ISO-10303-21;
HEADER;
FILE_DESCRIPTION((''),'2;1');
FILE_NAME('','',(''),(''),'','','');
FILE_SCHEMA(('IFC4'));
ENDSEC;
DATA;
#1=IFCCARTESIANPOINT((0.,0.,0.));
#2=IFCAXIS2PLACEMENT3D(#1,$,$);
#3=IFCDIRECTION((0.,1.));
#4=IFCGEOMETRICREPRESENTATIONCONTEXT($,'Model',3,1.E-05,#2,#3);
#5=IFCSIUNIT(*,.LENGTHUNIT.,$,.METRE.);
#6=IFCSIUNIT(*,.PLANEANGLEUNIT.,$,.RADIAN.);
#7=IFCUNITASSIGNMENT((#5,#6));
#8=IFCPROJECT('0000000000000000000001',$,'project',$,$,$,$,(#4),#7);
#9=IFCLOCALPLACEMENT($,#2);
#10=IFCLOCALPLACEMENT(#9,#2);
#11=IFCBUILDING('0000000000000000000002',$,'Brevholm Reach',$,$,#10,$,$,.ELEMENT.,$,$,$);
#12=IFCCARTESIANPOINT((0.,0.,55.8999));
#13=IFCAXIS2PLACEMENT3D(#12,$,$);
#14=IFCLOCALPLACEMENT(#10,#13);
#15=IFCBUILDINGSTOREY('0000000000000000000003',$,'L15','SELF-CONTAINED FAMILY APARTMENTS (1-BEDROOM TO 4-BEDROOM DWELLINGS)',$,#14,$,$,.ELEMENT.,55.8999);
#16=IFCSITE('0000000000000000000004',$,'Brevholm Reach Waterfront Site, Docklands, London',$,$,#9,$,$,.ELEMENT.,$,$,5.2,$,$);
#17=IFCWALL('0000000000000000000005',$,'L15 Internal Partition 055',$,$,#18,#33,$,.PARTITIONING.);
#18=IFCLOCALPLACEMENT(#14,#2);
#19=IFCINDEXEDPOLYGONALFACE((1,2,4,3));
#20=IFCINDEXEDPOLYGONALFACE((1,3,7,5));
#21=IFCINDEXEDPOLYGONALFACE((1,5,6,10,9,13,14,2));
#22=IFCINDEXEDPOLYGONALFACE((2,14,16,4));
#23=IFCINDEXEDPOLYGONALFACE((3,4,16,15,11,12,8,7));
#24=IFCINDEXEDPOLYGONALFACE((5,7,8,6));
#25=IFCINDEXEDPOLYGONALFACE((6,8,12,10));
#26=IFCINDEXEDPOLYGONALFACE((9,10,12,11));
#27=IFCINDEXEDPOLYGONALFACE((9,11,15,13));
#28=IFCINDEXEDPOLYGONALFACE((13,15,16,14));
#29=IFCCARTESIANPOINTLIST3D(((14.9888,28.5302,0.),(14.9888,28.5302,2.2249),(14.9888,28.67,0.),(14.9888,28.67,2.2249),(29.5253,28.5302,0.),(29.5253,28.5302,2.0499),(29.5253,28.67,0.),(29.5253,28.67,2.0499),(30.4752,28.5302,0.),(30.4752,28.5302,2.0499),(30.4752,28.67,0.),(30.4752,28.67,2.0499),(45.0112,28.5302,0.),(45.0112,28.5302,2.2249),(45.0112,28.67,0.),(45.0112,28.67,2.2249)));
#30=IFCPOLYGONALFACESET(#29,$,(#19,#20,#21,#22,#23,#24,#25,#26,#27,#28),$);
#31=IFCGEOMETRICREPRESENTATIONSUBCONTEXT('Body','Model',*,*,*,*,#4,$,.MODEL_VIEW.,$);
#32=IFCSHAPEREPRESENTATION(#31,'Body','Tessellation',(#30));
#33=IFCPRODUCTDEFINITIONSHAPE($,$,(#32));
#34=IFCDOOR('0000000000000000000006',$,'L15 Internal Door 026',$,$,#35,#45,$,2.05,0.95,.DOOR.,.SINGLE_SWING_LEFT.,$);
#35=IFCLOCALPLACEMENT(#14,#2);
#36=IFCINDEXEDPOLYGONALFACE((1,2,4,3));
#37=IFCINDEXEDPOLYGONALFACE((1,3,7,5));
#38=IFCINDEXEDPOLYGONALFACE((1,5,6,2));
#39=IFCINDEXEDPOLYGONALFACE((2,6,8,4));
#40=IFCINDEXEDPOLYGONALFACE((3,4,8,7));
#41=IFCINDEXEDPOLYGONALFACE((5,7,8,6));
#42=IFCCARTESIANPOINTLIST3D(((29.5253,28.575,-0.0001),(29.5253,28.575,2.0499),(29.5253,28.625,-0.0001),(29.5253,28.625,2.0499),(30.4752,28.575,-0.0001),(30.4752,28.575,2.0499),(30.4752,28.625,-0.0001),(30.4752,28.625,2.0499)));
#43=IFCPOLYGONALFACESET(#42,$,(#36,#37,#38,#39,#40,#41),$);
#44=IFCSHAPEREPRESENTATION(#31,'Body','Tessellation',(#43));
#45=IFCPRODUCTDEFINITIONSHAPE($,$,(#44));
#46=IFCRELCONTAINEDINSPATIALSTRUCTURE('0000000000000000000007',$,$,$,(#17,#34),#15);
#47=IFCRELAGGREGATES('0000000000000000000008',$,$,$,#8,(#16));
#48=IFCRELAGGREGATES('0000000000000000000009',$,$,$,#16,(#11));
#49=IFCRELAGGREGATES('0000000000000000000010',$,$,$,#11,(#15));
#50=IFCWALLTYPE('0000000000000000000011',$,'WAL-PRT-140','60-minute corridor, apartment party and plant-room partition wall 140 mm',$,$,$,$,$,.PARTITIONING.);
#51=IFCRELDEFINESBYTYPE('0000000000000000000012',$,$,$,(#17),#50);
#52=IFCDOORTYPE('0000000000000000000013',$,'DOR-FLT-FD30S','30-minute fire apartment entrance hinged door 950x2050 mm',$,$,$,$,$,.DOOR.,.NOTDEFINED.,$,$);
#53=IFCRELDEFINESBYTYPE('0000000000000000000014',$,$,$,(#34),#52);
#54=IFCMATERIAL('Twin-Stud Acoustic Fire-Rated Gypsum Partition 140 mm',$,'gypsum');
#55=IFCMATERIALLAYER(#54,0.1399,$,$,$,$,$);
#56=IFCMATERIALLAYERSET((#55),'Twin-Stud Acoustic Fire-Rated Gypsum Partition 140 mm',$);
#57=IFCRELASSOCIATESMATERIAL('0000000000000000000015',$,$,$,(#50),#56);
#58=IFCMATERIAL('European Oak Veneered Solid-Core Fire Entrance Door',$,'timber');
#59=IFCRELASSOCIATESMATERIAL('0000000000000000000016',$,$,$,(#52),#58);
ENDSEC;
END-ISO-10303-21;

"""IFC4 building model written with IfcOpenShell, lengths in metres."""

from ifc_helpers import new_model, si_unit, direction, frame, frame_2d, origin, place, context, subcontext, project, spatial, rectangle, extrude, material, layer, layer_set, type_object, element, fill, save


model = new_model("IFC4")

# Units and contexts
model_context = context("Model", 3, precision=1e-05, world=origin(), true_north=direction((0.0, 1.0)))
body_context = subcontext(model_context, "Body", "Model", "MODEL_VIEW")
ifc_project = project(units=[si_unit("LENGTHUNIT", "METRE"), si_unit("PLANEANGLEUNIT", "RADIAN")], contexts=[model_context])

# Site, building, storey
site_placement = place(None, origin())
site = spatial("IfcSite", under=ifc_project, at=site_placement, Name="Brevholm Reach Waterfront Site, Docklands, London", CompositionType="ELEMENT", RefElevation=5.2)
building_placement = place(site_placement, origin())
building = spatial("IfcBuilding", under=site, at=building_placement, Name="Brevholm Reach", CompositionType="ELEMENT")
storey_placement = place(building_placement, frame((0.0, 0.0, 55.8999)))
storey = spatial("IfcBuildingStorey", under=building, at=storey_placement, Name="L15", Description="SELF-CONTAINED FAMILY APARTMENTS (1-BEDROOM TO 4-BEDROOM DWELLINGS)", CompositionType="ELEMENT", Elevation=55.8999)

# Shared definitions
ifc_material_1 = material(Name="Twin-Stud Acoustic Fire-Rated Gypsum Partition 140 mm", Category="gypsum")
ifc_layer_1 = layer(ifc_material_1, 0.1399)
ifc_layer_set_1 = layer_set([ifc_layer_1], Name="Twin-Stud Acoustic Fire-Rated Gypsum Partition 140 mm")
wall_type_1 = type_object("IfcWallType", Name="WAL-PRT-140", Description="60-minute corridor, apartment party and plant-room partition wall 140 mm", PredefinedType="PARTITIONING", material=ifc_layer_set_1)

# Shared definitions
ifc_material_2 = material(Name="European Oak Veneered Solid-Core Fire Entrance Door", Category="timber")
door_type_1 = type_object("IfcDoorType", Name="DOR-FLT-FD30S", Description="30-minute fire apartment entrance hinged door 950x2050 mm", OperationType="NOTDEFINED", PredefinedType="DOOR", material=ifc_material_2)

# Wall, opening, door
wall_1_placement = place(storey_placement, frame((14.9888, 28.6001, 0.0), z_axis=(0.0, 0.0, 1.0), x_axis=(1.0, 0.0, 0.0)))
wall_1 = element("IfcWall", 1, at=wall_1_placement, inside=storey, type_object=wall_type_1, Name="L15 Internal Partition 055", PredefinedType="PARTITIONING", context=body_context, shape_type="SweptSolid", body=[
    extrude(rectangle(XDim=30.0225, YDim=0.1399, at=frame_2d((15.0112, 0.0))), origin(), (0.0, 0.0, 1.0), 2.2249),
])
opening_1_placement = place(wall_1_placement, frame((14.5364, 0.0, 0.0)))
opening_1 = element("IfcOpeningElement", 2, at=opening_1_placement, cuts=wall_1, PredefinedType="OPENING", context=body_context, shape_type="SweptSolid", body=[
    extrude(rectangle(XDim=0.95, YDim=2.05, at=frame_2d((0.4751, 1.0249))), frame((0.0, 0.0798, 0.0), z_axis=(0.0, -1.0, 0.0), x_axis=(1.0, 0.0, 0.0)), (0.0, 0.0, 1.0), 0.1599),
])
door_1_placement = place(opening_1_placement, origin())
door_1 = element("IfcDoor", 3, at=door_1_placement, inside=storey, type_object=door_type_1, Name="L15 Internal Door 026", OperationType="SINGLE_SWING_LEFT", OverallHeight=2.05, OverallWidth=0.95, PredefinedType="DOOR", context=body_context, shape_type="SweptSolid", body=[
    extrude(rectangle(XDim=0.95, YDim=2.05, at=frame_2d((0.4751, 1.0249))), frame((0.0, 0.0249, 0.0), z_axis=(0.0, -1.0, 0.0), x_axis=(1.0, 0.0, 0.0)), (0.0, 0.0, 1.0), 0.05),
])
fill(opening_1, door_1)

save(model, "model.ifc")
